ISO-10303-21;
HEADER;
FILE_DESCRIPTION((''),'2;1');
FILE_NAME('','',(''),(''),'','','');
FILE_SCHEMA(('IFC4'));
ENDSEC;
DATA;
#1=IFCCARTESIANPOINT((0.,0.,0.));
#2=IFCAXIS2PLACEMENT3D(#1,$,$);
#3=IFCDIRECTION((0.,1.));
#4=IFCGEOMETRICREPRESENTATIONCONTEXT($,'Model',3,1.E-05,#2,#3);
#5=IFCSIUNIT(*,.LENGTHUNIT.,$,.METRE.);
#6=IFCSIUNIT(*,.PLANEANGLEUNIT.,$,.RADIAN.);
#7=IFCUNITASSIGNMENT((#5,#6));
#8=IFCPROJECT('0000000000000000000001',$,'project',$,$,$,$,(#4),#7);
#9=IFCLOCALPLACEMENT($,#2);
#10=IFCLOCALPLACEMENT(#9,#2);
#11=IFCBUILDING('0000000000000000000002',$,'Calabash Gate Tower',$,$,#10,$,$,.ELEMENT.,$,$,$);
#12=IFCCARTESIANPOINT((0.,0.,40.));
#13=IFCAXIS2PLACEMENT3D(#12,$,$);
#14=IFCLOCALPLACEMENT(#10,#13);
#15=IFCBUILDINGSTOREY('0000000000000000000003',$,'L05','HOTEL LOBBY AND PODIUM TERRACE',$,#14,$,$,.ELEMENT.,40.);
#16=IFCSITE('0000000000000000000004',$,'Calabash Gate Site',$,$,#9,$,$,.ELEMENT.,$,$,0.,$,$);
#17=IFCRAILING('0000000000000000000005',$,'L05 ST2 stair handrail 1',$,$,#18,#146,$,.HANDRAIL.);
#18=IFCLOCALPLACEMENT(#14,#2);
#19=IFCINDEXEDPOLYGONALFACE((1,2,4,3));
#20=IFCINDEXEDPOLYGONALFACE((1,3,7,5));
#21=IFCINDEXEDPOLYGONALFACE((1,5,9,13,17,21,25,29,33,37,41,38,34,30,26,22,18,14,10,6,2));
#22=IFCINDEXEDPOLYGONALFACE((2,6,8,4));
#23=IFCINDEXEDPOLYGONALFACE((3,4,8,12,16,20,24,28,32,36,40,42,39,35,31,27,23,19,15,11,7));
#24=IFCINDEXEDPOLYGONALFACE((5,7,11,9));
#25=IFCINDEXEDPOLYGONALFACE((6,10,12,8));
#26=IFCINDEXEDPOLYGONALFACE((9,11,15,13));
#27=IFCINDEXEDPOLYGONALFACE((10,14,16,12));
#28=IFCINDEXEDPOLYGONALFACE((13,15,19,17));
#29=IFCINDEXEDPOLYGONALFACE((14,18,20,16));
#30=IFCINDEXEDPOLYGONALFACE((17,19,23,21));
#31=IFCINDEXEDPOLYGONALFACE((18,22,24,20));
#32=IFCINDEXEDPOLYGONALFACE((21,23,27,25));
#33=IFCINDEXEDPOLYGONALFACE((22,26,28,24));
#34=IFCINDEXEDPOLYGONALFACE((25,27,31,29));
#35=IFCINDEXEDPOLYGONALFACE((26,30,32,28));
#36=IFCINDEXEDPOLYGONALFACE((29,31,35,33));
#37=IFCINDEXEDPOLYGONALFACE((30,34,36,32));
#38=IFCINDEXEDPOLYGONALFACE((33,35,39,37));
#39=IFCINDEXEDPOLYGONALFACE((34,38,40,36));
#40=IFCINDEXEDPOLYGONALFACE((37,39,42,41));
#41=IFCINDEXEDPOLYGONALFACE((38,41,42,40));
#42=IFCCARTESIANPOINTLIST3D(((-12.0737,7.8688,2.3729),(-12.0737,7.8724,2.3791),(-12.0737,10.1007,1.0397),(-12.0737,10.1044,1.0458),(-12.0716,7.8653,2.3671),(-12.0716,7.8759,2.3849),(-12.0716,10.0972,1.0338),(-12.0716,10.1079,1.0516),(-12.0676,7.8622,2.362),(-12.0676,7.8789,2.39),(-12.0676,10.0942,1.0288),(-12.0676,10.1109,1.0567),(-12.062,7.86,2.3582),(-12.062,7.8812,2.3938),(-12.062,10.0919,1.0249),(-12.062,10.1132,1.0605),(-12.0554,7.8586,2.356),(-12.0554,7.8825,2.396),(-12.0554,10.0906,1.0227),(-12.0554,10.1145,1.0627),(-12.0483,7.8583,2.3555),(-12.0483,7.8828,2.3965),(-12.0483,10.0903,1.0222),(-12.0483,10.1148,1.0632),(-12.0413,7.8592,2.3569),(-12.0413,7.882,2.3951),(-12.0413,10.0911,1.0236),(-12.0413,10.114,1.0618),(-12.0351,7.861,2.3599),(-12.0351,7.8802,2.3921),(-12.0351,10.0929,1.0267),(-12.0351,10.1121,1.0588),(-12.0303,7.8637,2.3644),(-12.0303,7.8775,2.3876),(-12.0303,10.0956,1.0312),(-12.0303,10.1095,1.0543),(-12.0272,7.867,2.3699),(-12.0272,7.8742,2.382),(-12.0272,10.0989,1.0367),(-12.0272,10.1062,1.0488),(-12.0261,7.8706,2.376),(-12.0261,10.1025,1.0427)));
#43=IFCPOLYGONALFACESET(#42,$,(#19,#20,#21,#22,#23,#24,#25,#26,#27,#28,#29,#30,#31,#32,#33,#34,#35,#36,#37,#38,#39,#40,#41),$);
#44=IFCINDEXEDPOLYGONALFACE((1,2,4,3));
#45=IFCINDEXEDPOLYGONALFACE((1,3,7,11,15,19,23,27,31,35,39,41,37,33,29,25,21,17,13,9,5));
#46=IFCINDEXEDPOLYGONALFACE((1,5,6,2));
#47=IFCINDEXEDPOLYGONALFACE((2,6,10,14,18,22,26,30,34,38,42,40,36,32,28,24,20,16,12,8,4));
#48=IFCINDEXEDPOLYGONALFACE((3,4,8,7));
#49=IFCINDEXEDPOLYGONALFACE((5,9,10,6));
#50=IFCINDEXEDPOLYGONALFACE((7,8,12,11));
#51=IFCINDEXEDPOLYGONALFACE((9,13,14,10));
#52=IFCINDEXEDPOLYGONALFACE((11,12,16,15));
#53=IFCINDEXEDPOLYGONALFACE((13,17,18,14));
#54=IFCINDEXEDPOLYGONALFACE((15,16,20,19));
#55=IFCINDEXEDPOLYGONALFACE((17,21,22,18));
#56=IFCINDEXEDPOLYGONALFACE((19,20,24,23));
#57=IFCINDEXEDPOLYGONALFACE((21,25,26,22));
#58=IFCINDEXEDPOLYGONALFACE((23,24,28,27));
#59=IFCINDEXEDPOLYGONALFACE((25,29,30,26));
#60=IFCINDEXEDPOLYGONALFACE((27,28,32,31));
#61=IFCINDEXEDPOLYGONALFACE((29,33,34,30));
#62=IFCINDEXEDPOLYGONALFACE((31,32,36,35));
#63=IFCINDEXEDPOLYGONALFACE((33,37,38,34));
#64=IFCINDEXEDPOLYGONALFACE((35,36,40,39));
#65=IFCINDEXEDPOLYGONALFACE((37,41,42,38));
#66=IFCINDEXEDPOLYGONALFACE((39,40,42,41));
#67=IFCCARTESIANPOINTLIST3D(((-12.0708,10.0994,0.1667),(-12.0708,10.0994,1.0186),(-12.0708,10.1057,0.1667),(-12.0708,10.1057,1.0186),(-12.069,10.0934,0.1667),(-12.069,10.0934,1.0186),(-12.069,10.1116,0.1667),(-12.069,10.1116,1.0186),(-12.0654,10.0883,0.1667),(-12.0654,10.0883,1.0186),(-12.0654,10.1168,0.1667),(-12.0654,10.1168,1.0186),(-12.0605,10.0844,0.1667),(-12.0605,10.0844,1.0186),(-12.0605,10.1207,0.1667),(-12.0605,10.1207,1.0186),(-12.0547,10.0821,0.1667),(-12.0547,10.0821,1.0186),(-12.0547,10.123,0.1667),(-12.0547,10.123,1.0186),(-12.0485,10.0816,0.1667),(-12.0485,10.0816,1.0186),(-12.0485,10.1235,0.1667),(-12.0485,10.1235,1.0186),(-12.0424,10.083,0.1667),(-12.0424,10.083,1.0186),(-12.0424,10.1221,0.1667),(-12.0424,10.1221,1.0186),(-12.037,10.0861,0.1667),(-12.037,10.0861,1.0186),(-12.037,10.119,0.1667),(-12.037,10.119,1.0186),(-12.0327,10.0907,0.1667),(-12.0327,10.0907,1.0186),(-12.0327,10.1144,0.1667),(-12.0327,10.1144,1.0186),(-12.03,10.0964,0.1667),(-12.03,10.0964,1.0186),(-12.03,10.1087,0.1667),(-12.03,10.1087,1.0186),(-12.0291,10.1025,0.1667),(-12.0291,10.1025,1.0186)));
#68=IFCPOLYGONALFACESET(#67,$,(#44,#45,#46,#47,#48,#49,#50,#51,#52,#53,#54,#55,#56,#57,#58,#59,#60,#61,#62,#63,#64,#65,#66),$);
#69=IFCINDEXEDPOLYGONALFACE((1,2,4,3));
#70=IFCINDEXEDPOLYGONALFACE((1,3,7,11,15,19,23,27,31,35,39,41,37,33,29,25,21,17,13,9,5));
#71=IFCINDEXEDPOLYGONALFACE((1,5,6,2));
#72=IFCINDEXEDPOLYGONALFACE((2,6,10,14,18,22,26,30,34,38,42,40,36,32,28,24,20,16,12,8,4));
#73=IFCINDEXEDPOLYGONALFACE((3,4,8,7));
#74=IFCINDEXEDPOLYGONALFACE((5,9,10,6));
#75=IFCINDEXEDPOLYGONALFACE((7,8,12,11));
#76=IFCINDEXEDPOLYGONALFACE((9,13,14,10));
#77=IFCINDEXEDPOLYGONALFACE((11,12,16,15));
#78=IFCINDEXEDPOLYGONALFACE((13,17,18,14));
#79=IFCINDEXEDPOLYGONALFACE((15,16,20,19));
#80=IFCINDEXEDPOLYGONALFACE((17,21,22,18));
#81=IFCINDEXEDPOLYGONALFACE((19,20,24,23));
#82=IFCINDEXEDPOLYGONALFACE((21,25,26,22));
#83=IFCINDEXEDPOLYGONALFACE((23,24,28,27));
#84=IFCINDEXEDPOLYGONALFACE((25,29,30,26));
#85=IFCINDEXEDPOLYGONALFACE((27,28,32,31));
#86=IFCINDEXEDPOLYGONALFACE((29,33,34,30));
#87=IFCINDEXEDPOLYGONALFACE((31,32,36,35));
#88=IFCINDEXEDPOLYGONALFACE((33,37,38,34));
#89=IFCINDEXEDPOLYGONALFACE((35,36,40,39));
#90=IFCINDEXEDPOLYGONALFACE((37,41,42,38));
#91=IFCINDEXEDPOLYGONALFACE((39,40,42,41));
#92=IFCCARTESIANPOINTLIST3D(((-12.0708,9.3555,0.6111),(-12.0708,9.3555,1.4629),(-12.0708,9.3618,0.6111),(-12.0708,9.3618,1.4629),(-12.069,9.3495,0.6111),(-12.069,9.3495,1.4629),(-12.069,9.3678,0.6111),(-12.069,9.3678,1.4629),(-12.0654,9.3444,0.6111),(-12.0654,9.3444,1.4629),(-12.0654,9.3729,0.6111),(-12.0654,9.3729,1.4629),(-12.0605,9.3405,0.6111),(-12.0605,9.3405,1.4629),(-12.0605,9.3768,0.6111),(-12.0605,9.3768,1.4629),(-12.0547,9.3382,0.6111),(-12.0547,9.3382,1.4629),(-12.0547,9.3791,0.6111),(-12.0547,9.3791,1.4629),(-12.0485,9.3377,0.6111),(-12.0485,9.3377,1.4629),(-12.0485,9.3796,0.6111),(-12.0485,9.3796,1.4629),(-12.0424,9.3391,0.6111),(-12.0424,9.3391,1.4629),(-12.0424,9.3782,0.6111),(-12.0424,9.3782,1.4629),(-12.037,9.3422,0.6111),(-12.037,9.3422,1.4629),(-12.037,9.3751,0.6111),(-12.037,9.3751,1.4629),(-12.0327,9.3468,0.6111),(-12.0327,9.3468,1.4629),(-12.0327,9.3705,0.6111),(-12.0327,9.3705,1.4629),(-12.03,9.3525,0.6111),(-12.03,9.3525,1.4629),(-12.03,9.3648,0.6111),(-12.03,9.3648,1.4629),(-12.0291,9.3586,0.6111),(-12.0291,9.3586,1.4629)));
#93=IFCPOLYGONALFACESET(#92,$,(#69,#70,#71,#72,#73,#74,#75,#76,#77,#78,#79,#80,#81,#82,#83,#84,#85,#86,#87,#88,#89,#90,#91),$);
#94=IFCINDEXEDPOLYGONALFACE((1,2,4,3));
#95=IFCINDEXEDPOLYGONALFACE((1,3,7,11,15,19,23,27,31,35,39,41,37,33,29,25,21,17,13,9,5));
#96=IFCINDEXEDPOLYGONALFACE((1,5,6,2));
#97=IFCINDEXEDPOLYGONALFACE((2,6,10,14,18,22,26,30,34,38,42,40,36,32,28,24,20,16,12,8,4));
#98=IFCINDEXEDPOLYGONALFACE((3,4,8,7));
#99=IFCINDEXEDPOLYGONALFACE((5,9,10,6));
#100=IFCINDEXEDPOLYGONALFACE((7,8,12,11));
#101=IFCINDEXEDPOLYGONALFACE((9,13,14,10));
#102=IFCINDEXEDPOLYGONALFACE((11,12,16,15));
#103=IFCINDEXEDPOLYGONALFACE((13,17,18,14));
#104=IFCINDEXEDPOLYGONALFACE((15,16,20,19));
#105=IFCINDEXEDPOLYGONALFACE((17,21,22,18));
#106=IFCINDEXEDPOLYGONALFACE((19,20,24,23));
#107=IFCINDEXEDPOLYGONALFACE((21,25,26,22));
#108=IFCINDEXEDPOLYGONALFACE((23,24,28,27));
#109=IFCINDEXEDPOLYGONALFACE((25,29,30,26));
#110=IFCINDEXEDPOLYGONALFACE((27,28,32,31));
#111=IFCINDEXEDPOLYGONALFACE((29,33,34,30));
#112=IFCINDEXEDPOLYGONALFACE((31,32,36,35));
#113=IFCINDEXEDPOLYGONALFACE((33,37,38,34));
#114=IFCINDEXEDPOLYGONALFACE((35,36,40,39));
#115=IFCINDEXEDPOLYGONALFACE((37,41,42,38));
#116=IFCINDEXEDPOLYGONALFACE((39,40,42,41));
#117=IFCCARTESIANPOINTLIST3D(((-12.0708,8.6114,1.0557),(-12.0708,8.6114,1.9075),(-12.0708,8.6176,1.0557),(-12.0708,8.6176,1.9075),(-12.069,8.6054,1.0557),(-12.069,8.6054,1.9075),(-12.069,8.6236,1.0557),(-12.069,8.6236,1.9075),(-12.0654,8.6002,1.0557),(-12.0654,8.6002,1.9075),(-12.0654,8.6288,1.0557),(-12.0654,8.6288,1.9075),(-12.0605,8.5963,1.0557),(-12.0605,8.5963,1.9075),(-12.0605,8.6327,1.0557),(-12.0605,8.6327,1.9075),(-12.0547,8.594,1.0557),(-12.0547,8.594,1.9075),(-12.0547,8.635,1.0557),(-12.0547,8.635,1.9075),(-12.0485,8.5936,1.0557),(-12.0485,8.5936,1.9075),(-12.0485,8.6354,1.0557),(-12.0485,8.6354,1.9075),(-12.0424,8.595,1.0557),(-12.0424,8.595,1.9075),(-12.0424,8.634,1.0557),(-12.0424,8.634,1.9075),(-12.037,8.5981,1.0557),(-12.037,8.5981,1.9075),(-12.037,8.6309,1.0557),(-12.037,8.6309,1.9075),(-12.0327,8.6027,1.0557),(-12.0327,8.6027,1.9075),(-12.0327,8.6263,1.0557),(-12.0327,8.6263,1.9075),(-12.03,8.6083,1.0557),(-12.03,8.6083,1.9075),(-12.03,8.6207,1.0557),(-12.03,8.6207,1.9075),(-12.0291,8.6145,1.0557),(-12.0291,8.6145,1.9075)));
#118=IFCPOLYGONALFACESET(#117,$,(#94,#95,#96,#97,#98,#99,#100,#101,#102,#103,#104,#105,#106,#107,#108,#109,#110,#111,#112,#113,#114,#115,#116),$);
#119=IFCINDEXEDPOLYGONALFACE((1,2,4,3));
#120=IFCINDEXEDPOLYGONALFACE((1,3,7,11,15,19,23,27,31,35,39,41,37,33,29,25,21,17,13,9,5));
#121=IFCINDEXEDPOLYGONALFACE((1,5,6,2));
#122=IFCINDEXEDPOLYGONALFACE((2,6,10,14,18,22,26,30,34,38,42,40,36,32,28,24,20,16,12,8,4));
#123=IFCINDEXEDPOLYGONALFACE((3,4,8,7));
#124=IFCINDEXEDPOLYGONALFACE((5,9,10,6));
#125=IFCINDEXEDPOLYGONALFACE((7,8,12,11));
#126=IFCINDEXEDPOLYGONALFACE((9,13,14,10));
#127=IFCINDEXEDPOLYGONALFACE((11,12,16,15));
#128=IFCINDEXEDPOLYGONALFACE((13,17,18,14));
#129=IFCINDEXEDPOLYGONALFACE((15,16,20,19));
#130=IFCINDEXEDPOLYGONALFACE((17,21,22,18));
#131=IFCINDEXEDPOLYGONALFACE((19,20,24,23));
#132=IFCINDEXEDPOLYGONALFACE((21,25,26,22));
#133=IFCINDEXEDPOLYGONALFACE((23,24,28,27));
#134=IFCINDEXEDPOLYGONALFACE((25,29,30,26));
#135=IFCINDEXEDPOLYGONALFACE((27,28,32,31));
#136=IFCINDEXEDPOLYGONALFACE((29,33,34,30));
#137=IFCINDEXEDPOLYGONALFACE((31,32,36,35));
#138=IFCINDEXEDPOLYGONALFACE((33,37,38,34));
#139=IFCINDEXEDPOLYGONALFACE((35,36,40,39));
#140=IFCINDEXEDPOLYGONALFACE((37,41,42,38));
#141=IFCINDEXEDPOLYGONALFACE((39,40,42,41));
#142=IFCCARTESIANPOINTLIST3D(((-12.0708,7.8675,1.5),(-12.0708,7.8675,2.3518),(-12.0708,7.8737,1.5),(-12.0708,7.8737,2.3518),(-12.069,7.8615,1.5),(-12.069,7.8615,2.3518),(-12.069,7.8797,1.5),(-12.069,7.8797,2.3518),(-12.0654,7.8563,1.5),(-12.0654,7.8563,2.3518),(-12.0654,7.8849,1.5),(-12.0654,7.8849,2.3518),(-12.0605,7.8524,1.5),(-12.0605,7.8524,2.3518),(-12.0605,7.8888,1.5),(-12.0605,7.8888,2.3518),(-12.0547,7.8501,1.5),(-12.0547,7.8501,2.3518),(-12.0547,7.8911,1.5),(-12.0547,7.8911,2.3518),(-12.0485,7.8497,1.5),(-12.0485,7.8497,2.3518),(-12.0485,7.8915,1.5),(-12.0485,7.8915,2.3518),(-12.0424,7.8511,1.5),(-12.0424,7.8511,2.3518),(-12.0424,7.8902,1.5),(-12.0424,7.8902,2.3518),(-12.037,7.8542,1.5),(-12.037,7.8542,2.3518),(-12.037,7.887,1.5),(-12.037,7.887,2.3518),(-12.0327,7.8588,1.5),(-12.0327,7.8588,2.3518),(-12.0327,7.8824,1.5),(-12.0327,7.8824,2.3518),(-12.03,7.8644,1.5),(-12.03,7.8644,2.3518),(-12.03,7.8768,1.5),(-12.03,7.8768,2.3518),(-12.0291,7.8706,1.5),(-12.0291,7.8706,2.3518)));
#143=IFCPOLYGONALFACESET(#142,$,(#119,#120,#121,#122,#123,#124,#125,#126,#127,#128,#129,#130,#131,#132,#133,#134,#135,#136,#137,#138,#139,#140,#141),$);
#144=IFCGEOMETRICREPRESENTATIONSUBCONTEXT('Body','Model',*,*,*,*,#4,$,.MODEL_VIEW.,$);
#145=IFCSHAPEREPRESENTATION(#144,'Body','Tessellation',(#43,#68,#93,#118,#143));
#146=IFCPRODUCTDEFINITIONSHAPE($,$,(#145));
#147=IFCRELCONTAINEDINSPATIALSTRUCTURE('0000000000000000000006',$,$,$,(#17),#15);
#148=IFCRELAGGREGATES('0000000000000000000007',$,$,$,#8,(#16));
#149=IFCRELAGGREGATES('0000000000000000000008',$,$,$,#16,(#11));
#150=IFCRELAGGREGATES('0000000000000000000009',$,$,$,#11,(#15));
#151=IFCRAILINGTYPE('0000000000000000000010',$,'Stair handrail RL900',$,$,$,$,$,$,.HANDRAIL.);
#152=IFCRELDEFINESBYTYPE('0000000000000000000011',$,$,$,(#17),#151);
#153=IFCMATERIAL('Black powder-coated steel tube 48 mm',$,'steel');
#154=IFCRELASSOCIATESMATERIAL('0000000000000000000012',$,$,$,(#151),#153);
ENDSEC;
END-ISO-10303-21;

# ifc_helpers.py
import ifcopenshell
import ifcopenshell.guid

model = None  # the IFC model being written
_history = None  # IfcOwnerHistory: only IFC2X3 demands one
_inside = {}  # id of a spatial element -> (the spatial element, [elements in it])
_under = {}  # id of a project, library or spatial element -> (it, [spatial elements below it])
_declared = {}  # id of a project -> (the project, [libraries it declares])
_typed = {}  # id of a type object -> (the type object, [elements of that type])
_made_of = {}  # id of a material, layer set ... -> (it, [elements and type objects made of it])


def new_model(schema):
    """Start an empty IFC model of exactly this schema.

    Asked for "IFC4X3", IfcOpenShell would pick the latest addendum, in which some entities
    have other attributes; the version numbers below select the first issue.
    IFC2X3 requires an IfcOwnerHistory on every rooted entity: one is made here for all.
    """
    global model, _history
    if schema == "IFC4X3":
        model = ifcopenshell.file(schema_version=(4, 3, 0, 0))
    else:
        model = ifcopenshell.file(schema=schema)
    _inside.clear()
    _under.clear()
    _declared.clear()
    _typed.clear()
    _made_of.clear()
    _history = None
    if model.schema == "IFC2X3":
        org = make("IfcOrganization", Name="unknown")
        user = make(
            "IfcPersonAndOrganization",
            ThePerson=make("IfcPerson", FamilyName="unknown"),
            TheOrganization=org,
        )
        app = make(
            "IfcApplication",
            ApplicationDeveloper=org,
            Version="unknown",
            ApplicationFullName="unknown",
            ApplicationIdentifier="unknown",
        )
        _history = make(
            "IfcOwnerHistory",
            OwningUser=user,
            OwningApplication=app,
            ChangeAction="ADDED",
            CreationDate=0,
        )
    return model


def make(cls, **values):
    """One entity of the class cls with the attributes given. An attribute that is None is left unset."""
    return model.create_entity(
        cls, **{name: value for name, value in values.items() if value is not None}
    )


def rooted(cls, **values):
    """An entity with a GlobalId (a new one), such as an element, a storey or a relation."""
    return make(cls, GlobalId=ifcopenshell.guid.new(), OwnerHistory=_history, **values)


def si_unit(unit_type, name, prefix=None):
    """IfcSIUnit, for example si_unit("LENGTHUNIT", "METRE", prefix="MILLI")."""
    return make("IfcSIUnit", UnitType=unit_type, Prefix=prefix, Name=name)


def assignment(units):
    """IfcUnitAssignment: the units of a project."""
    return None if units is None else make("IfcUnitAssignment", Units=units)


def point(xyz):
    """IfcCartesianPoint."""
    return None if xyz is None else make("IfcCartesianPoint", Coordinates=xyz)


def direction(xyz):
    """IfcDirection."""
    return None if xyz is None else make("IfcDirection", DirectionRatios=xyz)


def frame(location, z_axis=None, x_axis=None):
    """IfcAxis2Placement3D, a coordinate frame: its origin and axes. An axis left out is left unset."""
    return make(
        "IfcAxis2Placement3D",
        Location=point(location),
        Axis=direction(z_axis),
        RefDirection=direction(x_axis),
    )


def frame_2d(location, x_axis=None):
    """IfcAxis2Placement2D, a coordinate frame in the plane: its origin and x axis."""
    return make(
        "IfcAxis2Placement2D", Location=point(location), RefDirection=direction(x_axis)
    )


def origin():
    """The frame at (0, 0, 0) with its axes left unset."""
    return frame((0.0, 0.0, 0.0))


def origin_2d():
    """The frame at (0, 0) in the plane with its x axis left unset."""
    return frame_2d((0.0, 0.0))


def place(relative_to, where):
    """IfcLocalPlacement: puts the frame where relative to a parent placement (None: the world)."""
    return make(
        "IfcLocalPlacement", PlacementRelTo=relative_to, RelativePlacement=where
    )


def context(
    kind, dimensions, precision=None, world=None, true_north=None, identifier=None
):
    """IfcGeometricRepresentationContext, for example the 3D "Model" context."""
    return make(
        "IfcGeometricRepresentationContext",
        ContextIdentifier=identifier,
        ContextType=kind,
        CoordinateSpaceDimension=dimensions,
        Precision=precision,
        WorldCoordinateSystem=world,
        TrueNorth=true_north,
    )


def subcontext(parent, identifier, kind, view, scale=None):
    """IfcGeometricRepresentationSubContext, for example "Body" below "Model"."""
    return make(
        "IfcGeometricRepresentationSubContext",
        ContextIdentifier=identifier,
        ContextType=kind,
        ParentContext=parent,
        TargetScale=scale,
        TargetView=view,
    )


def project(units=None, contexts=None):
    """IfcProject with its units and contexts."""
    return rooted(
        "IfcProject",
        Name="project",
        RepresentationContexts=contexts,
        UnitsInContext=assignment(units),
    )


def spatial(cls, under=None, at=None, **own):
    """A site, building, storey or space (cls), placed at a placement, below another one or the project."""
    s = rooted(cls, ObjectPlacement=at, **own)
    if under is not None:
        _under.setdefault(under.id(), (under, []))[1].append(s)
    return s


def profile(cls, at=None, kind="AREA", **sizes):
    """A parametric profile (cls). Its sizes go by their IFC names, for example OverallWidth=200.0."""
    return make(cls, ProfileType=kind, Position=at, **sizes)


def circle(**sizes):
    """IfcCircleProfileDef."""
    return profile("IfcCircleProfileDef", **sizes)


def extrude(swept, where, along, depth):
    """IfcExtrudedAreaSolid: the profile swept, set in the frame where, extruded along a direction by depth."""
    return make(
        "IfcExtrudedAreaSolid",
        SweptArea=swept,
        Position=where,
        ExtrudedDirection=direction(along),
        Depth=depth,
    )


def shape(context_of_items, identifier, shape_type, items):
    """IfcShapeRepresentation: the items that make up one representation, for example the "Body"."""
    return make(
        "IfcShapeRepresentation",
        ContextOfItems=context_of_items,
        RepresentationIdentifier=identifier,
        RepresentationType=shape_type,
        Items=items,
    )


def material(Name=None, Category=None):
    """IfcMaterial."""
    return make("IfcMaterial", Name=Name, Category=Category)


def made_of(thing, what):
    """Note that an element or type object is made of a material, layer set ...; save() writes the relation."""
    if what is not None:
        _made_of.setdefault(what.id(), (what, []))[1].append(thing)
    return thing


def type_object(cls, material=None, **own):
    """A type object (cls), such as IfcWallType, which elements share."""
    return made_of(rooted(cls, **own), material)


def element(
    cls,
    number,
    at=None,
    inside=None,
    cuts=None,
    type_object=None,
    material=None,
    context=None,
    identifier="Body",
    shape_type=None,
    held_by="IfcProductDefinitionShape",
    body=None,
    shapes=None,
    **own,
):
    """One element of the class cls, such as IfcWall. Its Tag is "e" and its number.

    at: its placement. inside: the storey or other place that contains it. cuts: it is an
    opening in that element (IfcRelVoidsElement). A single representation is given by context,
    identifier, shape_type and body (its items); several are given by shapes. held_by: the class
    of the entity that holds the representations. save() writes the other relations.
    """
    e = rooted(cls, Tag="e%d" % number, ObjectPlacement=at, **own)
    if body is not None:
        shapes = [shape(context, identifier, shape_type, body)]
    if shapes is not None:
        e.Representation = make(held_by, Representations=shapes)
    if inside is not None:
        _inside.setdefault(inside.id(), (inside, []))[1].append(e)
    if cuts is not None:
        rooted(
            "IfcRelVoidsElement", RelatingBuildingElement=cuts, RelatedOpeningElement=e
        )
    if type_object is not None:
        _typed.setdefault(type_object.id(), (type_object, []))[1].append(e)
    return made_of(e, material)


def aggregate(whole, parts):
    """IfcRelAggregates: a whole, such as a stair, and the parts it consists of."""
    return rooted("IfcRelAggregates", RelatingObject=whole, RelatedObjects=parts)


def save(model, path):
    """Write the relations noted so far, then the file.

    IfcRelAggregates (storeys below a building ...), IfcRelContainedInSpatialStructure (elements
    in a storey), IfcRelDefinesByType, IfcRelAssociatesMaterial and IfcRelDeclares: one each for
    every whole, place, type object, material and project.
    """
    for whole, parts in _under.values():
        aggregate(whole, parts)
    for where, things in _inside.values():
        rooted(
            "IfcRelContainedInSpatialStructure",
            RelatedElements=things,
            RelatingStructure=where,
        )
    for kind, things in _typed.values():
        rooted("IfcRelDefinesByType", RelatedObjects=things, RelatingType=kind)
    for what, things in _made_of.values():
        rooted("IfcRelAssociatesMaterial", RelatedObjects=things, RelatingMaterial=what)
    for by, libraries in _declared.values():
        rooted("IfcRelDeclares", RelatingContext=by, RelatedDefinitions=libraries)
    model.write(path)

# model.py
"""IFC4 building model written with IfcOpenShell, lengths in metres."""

from ifc_helpers import new_model, si_unit, direction, frame, origin, origin_2d, place, context, subcontext, project, spatial, circle, extrude, material, type_object, element, save


model = new_model("IFC4")

# Units and contexts
model_context = context("Model", 3, precision=1e-05, world=origin(), true_north=direction((0.0, 1.0)))
body_context = subcontext(model_context, "Body", "Model", "MODEL_VIEW")
ifc_project = project(units=[si_unit("LENGTHUNIT", "METRE"), si_unit("PLANEANGLEUNIT", "RADIAN")], contexts=[model_context])

# Site, building, storey
site_placement = place(None, origin())
site = spatial("IfcSite", under=ifc_project, at=site_placement, Name="Calabash Gate Site", CompositionType="ELEMENT", RefElevation=0.0)
building_placement = place(site_placement, origin())
building = spatial("IfcBuilding", under=site, at=building_placement, Name="Calabash Gate Tower", CompositionType="ELEMENT")
storey_placement = place(building_placement, frame((0.0, 0.0, 40.0)))
storey = spatial("IfcBuildingStorey", under=building, at=storey_placement, Name="L05", Description="HOTEL LOBBY AND PODIUM TERRACE", CompositionType="ELEMENT", Elevation=40.0)

# Railing
ifc_material_1 = material(Name="Black powder-coated steel tube 48 mm", Category="steel")
railing_type_1 = type_object("IfcRailingType", Name="Stair handrail RL900", PredefinedType="HANDRAIL", material=ifc_material_1)
for number, where, name in (
    (1, (-12.05, 10.1025, 0.1667), "L05 ST2 stair handrail 1"),
):
    element("IfcRailing", number, at=place(storey_placement, frame(where)), inside=storey, type_object=railing_type_1, Name=name, PredefinedType="HANDRAIL", context=body_context, shape_type="SweptSolid", body=[
        extrude(circle(Radius=0.0239, at=origin_2d()), frame((0.0, 0.0, 0.876), z_axis=(0.0, -0.858494, 0.512824), x_axis=(1.0, 0.0, 0.0)), (0.0, 0.0, 1.0), 2.5999),
        extrude(circle(Radius=0.021, at=origin_2d()), origin(), (0.0, 0.0, 1.0), 0.8518),
        extrude(circle(Radius=0.021, at=origin_2d()), frame((0.0, -0.7439, 0.4443)), (0.0, 0.0, 1.0), 0.8518),
        extrude(circle(Radius=0.021, at=origin_2d()), frame((0.0, -1.488, 0.8889)), (0.0, 0.0, 1.0), 0.8518),
        extrude(circle(Radius=0.021, at=origin_2d()), frame((0.0, -2.2319, 1.3333)), (0.0, 0.0, 1.0), 0.8518),
    ])

save(model, "model.ifc")
